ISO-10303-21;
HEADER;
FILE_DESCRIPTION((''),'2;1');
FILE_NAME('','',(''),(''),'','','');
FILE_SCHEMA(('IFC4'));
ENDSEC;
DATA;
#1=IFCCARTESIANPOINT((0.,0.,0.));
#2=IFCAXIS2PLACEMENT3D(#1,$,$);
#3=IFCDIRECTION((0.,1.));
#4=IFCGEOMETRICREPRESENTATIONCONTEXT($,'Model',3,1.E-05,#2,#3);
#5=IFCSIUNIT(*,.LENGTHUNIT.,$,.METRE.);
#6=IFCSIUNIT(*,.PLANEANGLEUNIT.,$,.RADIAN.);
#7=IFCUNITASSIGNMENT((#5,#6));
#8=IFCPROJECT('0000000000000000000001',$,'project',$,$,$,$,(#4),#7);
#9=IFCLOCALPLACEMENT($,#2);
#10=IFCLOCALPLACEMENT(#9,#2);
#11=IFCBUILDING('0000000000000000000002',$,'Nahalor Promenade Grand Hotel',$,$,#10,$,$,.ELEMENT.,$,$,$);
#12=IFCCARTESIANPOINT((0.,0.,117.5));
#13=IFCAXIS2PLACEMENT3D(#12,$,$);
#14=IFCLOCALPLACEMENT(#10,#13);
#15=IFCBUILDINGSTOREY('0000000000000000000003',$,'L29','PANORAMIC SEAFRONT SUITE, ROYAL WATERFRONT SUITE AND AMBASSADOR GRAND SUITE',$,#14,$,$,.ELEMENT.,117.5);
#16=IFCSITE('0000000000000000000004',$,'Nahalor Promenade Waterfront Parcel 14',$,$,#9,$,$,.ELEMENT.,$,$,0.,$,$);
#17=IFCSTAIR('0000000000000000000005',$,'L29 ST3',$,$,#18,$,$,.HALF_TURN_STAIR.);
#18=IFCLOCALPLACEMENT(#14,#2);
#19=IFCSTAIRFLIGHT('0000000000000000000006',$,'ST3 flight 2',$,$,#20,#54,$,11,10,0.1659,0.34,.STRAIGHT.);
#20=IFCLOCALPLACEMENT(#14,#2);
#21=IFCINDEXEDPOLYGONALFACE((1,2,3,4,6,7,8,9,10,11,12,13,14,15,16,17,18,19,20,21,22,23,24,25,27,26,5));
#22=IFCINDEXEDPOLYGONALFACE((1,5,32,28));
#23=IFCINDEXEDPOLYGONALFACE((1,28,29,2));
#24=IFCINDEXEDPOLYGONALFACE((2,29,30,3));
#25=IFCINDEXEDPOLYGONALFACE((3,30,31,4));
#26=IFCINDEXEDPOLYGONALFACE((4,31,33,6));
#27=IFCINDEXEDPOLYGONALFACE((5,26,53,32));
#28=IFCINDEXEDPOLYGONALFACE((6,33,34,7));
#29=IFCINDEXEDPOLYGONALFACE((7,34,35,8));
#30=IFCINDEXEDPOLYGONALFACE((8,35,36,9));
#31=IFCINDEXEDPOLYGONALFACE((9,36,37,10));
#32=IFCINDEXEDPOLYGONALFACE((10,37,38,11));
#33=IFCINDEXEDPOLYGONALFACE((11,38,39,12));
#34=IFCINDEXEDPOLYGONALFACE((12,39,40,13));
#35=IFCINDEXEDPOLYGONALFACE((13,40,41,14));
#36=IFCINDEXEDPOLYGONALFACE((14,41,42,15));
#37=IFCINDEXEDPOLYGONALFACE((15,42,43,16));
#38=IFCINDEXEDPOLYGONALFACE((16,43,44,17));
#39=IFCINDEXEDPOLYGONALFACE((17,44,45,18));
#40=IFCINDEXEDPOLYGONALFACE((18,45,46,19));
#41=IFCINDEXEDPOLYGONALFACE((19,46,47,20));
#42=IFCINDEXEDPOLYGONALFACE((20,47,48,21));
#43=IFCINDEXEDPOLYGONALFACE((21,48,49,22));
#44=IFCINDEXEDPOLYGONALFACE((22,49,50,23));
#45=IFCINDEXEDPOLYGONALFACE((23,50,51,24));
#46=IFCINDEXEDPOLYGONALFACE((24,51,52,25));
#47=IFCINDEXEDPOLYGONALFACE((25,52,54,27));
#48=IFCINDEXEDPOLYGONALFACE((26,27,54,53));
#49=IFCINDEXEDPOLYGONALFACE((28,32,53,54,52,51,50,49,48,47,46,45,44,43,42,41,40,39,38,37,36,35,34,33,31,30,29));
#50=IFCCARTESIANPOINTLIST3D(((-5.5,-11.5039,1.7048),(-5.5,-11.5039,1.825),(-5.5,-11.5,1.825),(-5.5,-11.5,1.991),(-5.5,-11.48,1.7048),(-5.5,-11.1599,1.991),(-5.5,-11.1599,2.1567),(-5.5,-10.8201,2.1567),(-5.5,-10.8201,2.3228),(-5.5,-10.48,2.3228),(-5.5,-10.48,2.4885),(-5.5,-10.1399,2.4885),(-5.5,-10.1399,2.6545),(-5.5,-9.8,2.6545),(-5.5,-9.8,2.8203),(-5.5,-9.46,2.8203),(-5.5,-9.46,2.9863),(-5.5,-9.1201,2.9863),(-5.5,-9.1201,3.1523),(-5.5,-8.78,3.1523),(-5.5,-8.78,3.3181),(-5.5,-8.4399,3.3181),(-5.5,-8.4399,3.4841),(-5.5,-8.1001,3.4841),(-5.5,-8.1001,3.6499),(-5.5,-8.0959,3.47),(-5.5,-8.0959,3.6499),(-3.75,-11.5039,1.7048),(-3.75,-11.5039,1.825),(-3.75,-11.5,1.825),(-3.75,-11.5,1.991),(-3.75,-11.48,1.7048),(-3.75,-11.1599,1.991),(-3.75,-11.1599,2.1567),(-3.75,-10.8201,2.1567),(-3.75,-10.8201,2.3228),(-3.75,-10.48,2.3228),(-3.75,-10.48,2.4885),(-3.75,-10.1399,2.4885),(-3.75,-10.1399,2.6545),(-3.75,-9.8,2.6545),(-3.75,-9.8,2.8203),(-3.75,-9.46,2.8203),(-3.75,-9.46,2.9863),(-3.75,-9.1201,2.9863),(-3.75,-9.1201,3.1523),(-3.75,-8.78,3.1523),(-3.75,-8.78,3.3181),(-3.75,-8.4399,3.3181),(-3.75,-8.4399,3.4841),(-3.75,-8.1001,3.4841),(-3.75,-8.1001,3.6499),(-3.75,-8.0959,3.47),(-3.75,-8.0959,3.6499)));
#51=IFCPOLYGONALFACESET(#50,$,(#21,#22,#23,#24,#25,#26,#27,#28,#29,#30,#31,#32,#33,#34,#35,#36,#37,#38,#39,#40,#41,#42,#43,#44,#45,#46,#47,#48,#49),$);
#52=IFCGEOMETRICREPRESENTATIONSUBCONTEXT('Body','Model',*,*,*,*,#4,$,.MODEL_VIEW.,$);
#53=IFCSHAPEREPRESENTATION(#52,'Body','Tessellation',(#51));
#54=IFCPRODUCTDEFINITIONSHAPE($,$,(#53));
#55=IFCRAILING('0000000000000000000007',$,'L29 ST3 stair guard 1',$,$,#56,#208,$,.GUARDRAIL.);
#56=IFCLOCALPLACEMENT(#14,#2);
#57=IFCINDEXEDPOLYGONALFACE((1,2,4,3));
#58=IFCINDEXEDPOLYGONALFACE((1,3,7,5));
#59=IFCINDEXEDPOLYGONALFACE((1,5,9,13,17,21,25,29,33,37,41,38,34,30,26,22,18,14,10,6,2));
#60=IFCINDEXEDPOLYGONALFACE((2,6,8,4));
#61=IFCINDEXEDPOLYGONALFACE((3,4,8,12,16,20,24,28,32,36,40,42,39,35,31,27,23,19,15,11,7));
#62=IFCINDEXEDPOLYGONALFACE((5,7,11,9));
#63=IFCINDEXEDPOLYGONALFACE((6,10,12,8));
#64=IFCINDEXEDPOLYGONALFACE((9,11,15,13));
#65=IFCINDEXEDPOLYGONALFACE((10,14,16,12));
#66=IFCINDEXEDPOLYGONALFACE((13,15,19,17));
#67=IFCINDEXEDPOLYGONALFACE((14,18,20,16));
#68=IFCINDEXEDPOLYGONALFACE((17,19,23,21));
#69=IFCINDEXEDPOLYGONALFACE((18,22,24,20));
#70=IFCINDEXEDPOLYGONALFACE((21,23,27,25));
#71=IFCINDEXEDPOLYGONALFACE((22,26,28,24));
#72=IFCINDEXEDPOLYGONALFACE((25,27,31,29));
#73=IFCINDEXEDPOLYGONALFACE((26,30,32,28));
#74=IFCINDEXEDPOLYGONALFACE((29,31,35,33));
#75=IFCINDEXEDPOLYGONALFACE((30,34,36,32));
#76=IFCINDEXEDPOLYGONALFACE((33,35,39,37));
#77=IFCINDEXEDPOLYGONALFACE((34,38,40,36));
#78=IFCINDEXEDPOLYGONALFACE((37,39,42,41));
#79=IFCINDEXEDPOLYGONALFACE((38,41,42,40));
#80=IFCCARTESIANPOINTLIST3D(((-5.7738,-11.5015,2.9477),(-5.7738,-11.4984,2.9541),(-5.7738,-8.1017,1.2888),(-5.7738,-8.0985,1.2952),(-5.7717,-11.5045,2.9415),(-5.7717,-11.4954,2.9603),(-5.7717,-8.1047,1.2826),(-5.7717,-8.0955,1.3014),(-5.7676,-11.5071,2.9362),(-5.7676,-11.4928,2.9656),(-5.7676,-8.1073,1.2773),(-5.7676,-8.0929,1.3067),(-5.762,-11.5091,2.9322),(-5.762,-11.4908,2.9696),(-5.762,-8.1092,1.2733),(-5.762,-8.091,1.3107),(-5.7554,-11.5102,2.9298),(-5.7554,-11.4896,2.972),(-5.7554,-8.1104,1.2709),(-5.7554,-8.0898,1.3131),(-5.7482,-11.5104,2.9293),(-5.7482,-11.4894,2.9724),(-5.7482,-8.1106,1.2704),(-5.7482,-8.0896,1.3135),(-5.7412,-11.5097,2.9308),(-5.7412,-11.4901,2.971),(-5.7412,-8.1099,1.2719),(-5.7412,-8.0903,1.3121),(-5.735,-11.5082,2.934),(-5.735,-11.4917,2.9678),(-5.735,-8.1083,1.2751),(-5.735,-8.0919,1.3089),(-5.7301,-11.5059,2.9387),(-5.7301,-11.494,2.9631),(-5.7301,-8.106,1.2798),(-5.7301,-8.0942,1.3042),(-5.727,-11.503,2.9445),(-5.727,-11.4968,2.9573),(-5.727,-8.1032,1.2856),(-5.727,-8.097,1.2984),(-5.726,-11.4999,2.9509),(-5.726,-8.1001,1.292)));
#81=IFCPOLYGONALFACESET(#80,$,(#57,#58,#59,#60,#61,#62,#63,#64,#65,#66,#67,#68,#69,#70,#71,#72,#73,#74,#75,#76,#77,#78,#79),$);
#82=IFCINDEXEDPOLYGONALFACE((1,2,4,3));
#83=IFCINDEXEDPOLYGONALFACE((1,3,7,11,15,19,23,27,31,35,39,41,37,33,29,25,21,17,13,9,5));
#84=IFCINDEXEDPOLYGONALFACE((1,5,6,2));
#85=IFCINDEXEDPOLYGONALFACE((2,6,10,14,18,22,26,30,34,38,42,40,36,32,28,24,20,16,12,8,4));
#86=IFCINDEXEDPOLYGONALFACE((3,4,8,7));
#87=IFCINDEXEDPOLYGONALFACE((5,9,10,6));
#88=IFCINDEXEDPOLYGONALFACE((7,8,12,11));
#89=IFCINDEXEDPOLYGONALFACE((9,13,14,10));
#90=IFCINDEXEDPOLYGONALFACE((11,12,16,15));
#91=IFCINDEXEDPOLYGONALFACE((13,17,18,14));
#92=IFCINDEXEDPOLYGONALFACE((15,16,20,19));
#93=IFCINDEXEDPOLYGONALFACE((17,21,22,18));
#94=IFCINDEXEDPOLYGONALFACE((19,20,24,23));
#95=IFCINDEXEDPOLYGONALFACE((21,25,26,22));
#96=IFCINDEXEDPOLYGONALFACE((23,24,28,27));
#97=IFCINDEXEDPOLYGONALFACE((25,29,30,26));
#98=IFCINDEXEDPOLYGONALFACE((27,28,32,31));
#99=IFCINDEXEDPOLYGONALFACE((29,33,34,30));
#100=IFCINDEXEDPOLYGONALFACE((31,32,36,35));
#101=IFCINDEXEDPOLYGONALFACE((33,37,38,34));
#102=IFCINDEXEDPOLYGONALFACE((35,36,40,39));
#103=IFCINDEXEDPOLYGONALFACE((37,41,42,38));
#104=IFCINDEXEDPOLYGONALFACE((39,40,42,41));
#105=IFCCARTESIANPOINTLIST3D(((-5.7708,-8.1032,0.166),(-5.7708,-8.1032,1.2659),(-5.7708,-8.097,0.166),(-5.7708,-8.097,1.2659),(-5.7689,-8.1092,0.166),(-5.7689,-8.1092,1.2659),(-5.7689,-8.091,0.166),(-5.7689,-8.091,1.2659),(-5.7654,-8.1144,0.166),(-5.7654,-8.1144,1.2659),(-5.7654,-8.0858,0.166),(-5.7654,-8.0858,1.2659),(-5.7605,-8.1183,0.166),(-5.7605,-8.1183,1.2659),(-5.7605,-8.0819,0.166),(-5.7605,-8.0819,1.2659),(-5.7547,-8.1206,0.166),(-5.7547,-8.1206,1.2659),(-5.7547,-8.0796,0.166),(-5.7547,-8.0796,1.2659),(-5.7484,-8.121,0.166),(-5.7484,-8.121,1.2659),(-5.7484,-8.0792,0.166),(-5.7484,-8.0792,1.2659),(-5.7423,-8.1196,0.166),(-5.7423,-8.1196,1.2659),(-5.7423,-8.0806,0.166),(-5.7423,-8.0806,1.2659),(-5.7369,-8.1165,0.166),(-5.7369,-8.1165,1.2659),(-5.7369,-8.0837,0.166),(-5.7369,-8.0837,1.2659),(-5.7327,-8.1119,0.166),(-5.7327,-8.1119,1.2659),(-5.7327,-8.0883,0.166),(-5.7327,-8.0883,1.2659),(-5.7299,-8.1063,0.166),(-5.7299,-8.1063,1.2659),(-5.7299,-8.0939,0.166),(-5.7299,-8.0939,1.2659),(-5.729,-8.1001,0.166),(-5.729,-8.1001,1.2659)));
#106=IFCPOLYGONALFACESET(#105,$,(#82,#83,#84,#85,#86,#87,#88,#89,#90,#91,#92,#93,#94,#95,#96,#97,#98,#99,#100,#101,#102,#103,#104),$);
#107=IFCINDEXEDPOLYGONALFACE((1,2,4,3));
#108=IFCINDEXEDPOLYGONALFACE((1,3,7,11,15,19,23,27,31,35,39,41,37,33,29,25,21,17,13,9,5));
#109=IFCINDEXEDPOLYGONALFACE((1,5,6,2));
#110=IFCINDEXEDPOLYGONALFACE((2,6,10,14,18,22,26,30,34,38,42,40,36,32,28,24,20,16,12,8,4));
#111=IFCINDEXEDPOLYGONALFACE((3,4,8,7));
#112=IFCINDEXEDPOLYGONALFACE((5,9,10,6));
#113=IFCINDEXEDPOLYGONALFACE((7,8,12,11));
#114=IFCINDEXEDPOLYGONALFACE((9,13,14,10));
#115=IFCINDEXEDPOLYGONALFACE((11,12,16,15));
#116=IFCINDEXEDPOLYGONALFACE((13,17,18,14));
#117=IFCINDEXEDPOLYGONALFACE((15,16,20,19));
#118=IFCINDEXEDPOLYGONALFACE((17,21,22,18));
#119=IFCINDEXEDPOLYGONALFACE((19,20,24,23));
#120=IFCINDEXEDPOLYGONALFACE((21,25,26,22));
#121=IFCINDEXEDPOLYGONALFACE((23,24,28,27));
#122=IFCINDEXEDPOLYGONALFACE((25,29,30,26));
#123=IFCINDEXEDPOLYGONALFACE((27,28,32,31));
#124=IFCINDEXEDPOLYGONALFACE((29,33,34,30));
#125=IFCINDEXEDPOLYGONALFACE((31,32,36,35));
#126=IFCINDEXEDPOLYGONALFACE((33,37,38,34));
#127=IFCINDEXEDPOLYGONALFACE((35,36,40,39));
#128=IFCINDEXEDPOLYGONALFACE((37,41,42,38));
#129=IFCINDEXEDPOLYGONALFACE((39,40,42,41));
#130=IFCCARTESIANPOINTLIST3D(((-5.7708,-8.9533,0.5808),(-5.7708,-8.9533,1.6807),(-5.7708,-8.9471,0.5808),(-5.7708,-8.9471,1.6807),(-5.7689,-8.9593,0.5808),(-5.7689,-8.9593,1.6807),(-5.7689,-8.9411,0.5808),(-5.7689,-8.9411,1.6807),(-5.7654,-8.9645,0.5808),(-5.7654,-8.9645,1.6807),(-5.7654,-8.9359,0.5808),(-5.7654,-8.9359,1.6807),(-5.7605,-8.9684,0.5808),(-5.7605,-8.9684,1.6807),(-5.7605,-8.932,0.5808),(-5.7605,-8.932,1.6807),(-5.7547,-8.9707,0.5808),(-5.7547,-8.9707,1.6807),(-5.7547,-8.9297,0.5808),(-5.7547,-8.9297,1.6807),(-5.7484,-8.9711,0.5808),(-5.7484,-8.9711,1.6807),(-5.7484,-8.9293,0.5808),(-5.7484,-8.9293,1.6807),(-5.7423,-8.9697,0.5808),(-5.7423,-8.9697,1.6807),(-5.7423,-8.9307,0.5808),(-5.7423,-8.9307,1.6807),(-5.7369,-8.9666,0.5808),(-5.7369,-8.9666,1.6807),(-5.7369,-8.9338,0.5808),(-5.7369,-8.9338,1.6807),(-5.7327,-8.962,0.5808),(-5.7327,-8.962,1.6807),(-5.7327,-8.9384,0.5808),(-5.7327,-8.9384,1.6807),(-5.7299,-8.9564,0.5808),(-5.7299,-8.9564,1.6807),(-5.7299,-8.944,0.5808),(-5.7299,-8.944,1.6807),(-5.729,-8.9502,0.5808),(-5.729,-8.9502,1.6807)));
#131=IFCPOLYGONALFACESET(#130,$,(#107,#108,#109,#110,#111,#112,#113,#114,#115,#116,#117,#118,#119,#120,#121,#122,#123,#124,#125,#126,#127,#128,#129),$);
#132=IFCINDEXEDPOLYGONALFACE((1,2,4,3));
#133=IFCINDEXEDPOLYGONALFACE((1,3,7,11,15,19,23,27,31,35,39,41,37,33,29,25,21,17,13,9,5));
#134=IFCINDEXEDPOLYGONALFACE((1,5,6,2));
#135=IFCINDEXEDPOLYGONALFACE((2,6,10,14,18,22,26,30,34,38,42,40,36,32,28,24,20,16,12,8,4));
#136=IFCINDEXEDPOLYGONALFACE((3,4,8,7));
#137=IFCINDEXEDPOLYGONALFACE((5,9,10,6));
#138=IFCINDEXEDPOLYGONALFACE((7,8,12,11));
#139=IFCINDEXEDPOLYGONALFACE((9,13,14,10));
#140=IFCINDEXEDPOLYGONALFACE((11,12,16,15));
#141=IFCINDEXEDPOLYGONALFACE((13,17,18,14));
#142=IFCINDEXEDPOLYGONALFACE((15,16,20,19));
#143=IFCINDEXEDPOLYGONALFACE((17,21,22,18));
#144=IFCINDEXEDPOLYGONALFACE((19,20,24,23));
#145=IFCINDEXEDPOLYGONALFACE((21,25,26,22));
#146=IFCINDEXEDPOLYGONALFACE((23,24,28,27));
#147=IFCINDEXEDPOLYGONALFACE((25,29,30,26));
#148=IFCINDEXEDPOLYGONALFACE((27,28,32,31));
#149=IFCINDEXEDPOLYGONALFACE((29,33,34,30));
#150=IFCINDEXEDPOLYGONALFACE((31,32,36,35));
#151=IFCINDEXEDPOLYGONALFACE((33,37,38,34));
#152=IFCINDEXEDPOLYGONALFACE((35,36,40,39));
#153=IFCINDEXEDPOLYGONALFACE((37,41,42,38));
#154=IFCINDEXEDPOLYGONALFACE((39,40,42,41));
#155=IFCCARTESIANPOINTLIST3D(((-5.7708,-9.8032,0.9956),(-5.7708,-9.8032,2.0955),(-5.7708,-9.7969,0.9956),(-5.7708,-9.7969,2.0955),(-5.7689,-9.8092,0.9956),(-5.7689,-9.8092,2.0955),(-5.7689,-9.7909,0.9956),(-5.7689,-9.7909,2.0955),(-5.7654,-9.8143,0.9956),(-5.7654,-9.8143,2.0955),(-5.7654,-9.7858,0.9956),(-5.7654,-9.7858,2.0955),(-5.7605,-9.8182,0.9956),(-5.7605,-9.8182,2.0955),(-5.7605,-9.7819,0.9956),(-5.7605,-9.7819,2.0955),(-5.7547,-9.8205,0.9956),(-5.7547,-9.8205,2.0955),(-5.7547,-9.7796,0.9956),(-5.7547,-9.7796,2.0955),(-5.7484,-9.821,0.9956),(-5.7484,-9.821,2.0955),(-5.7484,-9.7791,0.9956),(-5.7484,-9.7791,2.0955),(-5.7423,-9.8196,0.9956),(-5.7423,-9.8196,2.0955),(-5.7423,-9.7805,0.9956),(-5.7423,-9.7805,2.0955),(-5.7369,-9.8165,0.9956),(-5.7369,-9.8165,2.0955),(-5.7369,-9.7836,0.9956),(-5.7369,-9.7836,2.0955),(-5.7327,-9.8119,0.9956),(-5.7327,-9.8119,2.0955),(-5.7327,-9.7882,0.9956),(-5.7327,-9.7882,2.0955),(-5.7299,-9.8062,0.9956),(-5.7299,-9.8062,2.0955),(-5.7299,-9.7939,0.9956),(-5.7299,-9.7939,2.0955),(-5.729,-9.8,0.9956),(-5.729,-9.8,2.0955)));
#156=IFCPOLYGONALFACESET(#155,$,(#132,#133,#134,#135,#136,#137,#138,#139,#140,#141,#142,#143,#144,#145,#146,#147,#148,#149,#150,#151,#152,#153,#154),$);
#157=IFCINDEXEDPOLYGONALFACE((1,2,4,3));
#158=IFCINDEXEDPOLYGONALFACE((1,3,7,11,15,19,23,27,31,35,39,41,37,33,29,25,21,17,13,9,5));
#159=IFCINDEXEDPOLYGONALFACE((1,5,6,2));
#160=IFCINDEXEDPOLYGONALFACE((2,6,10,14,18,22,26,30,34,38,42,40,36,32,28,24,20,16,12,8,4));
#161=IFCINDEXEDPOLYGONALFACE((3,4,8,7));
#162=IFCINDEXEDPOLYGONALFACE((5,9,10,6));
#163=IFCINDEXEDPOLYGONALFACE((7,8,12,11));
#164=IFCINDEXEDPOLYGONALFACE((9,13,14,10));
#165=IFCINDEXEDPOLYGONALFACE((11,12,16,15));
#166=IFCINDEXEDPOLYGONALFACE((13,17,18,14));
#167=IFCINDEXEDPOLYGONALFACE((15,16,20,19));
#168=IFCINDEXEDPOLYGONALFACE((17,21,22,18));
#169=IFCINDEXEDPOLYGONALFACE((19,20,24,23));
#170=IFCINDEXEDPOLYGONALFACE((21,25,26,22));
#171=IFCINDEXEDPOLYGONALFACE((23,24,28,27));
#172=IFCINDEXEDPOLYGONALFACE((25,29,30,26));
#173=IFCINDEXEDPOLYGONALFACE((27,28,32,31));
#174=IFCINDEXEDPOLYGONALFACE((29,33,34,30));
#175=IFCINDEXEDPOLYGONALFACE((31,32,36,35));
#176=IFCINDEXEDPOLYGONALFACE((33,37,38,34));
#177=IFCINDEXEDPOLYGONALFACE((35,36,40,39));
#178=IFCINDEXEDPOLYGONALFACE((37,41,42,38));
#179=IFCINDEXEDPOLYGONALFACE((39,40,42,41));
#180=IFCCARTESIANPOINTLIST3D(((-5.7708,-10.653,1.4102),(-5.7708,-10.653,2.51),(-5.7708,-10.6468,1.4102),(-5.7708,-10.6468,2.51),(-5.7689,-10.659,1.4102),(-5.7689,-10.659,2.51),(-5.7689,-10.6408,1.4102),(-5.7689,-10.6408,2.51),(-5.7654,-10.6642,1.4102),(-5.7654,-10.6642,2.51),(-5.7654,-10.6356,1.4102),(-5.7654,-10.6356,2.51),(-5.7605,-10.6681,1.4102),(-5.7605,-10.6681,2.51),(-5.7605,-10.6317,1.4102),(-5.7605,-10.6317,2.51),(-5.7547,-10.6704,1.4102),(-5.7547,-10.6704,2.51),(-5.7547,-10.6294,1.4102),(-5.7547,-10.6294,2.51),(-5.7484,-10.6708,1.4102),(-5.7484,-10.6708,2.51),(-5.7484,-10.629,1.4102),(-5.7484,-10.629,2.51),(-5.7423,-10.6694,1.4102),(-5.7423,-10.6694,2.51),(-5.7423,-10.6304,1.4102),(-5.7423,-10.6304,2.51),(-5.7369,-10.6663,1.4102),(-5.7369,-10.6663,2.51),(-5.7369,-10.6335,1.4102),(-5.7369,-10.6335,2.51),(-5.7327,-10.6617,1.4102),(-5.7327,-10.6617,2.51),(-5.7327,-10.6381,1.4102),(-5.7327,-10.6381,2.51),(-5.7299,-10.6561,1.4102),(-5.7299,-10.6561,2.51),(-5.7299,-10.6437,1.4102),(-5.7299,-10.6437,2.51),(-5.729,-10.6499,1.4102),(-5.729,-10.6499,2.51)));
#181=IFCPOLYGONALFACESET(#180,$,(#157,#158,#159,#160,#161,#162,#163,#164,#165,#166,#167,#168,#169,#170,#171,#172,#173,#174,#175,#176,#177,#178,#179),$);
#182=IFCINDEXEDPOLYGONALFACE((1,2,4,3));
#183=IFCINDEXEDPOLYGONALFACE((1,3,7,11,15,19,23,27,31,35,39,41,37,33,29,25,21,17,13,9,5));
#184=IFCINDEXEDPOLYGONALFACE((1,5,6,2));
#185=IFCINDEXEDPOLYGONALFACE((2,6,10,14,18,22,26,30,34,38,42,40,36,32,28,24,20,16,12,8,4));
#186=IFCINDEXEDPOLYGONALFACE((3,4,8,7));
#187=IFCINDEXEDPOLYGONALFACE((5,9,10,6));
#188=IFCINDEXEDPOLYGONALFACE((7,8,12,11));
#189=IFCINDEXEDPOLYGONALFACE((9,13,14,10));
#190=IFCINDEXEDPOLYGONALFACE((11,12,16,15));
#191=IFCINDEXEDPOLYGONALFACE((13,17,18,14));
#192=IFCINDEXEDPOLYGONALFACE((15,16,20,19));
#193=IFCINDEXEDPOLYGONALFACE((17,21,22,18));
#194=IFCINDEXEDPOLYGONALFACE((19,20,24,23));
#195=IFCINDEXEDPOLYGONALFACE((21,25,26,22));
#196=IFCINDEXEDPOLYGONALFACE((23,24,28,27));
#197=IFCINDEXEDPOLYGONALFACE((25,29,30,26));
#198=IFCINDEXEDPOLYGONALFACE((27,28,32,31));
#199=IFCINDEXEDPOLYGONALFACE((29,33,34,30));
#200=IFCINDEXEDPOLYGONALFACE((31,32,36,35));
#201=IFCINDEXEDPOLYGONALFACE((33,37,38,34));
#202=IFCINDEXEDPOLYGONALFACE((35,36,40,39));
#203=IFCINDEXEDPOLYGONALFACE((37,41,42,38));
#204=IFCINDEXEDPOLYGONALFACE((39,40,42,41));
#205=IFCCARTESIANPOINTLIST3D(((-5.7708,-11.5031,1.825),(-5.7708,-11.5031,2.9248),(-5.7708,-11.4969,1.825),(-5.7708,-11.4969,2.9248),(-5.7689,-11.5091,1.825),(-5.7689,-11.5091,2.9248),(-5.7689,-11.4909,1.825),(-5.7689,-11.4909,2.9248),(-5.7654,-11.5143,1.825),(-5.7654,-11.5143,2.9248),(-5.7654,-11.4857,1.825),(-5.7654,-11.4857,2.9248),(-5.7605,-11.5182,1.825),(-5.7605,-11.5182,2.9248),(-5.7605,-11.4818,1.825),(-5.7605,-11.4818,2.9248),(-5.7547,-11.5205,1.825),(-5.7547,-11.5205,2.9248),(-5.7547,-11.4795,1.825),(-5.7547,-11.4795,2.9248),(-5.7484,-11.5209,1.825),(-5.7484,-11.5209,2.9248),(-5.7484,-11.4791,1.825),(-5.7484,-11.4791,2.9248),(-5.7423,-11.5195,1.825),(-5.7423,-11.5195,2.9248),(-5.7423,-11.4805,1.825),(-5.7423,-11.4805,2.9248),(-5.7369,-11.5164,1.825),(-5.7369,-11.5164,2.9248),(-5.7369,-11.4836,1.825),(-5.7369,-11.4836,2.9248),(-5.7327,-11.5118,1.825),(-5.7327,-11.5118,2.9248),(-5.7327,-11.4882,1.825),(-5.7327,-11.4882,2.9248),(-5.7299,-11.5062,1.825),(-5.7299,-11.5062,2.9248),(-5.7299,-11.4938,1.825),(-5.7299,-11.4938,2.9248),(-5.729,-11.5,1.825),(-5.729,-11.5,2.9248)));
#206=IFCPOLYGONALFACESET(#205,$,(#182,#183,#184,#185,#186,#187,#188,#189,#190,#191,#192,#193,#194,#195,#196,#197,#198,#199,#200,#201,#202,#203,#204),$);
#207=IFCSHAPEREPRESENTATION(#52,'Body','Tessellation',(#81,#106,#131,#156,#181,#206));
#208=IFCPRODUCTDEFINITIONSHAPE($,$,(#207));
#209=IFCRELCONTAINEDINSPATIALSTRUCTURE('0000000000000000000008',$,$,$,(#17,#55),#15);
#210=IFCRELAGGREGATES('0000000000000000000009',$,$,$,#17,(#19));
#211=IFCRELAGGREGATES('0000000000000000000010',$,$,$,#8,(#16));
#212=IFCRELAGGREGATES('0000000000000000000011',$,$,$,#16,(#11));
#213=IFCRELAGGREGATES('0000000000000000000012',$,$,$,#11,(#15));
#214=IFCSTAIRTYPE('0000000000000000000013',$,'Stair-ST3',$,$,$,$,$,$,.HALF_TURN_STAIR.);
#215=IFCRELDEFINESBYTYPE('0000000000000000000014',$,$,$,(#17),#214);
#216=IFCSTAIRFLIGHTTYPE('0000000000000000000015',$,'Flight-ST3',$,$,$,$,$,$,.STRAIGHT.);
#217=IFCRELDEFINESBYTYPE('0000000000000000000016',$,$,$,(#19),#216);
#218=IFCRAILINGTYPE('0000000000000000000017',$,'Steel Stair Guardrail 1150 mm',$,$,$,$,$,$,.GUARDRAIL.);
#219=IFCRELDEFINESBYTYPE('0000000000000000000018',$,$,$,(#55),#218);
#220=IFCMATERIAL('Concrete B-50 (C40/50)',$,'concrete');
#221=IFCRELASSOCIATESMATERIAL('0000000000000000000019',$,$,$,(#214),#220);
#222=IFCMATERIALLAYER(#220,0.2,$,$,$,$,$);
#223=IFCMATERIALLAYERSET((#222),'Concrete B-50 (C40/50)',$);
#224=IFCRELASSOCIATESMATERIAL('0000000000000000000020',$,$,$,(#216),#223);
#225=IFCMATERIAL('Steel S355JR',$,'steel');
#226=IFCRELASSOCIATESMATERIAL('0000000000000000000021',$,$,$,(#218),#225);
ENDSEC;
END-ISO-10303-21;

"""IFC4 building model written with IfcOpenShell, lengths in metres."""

from ifc_helpers import new_model, si_unit, direction, frame, origin, origin_2d, place, context, subcontext, project, spatial, polyline, circle, outline, extrude, source, transform, mapped, material, layer, layer_set, type_object, element, aggregate, save


model = new_model("IFC4")

# Units and contexts
model_context = context("Model", 3, precision=1e-05, world=origin(), true_north=direction((0.0, 1.0)))
body_context = subcontext(model_context, "Body", "Model", "MODEL_VIEW")
ifc_project = project(units=[si_unit("LENGTHUNIT", "METRE"), si_unit("PLANEANGLEUNIT", "RADIAN")], contexts=[model_context])

# Site, building, storey
site_placement = place(None, origin())
site = spatial("IfcSite", under=ifc_project, at=site_placement, Name="Nahalor Promenade Waterfront Parcel 14", CompositionType="ELEMENT", RefElevation=0.0)
building_placement = place(site_placement, origin())
building = spatial("IfcBuilding", under=site, at=building_placement, Name="Nahalor Promenade Grand Hotel", CompositionType="ELEMENT")
storey_placement = place(building_placement, frame((0.0, 0.0, 117.5)))
storey = spatial("IfcBuildingStorey", under=building, at=storey_placement, Name="L29", Description="PANORAMIC SEAFRONT SUITE, ROYAL WATERFRONT SUITE AND AMBASSADOR GRAND SUITE", CompositionType="ELEMENT", Elevation=117.5)

# Shared definitions
ifc_material_1 = material(Name="Steel S355JR", Category="steel")

# Shared definitions
ifc_material_2 = material(Name="Concrete B-50 (C40/50)", Category="concrete")

# Stair, stair flight
stair_type = type_object("IfcStairType", Name="Stair-ST3", PredefinedType="HALF_TURN_STAIR", material=ifc_material_2)
stair_placement = place(storey_placement, origin())
stair = element("IfcStair", 1, at=stair_placement, inside=storey, type_object=stair_type, Name="L29 ST3", PredefinedType="HALF_TURN_STAIR")
ifc_layer_1 = layer(ifc_material_2, 0.2)
ifc_layer_set_1 = layer_set([ifc_layer_1], Name="Concrete B-50 (C40/50)")
stair_flight_type = type_object("IfcStairFlightType", Name="Flight-ST3", PredefinedType="STRAIGHT", material=ifc_layer_set_1)
shared_shape_1 = source(origin(), body_context, "Body", "SweptSolid", [
    extrude(outline(polyline([(-0.0039, -0.1201), (-0.0039, 0.0), (0.0, 0.0), (0.0, 0.166), (0.3401, 0.166), (0.3401, 0.3318), (0.6799, 0.3318), (0.6799, 0.4978), (1.02, 0.4978), (1.02, 0.6636), (1.3601, 0.6636), (1.3601, 0.8296), (1.7, 0.8296), (1.7, 0.9954), (2.04, 0.9954), (2.04, 1.1614), (2.3799, 1.1614), (2.3799, 1.3274), (2.72, 1.3274), (2.72, 1.4932), (3.0601, 1.4932), (3.0601, 1.6592), (3.3999, 1.6592), (3.3999, 1.825), (3.4041, 1.825), (3.4041, 1.645), (0.02, -0.1201), (-0.0039, -0.1201)])), frame((0.0, 0.875, 0.0), z_axis=(0.0, -1.0, 0.0), x_axis=(1.0, 0.0, 0.0)), (0.0, 0.0, 1.0), 1.75),
])
stair_flight_1_placement = place(storey_placement, frame((-4.625, -11.5, 1.825), z_axis=(0.0, 0.0, 1.0), x_axis=(0.0, 1.0, 0.0)))
stair_flight_1 = element("IfcStairFlight", 2, at=stair_flight_1_placement, type_object=stair_flight_type, Name="ST3 flight 2", NumberOfRisers=11, NumberOfTreads=10, PredefinedType="STRAIGHT", RiserHeight=0.1659, TreadLength=0.34, context=body_context, shape_type="MappedRepresentation", body=[
    mapped(shared_shape_1, transform((0.0, 0.0, 0.0), scale=1.0)),
])
aggregate(stair, [stair_flight_1])

# Railing
railing_type_1 = type_object("IfcRailingType", Name="Steel Stair Guardrail 1150 mm", PredefinedType="GUARDRAIL", material=ifc_material_1)
railing_1_placement = place(storey_placement, frame((-5.75, -8.1001, 0.166)))
element("IfcRailing", 3, at=railing_1_placement, inside=storey, type_object=railing_type_1, Name="L29 ST3 stair guard 1", PredefinedType="GUARDRAIL", context=body_context, shape_type="SweptSolid", body=[
    extrude(circle(Radius=0.024, at=origin_2d()), frame((0.0, 0.0, 1.126), z_axis=(0.0, -0.898722, 0.438519), x_axis=(1.0, 0.0, 0.0)), (0.0, 0.0, 1.0), 3.783),
    extrude(circle(Radius=0.021, at=origin_2d()), origin(), (0.0, 0.0, 1.0), 1.0999),
    extrude(circle(Radius=0.021, at=origin_2d()), frame((0.0, -0.8501, 0.4148)), (0.0, 0.0, 1.0), 1.0999),
    extrude(circle(Radius=0.021, at=origin_2d()), frame((0.0, -1.7, 0.8296)), (0.0, 0.0, 1.0), 1.0999),
    extrude(circle(Radius=0.021, at=origin_2d()), frame((0.0, -2.5498, 1.2441)), (0.0, 0.0, 1.0), 1.0999),
    extrude(circle(Radius=0.021, at=origin_2d()), frame((0.0, -3.3999, 1.6589)), (0.0, 0.0, 1.0), 1.0999),
])

save(model, "model.ifc")
